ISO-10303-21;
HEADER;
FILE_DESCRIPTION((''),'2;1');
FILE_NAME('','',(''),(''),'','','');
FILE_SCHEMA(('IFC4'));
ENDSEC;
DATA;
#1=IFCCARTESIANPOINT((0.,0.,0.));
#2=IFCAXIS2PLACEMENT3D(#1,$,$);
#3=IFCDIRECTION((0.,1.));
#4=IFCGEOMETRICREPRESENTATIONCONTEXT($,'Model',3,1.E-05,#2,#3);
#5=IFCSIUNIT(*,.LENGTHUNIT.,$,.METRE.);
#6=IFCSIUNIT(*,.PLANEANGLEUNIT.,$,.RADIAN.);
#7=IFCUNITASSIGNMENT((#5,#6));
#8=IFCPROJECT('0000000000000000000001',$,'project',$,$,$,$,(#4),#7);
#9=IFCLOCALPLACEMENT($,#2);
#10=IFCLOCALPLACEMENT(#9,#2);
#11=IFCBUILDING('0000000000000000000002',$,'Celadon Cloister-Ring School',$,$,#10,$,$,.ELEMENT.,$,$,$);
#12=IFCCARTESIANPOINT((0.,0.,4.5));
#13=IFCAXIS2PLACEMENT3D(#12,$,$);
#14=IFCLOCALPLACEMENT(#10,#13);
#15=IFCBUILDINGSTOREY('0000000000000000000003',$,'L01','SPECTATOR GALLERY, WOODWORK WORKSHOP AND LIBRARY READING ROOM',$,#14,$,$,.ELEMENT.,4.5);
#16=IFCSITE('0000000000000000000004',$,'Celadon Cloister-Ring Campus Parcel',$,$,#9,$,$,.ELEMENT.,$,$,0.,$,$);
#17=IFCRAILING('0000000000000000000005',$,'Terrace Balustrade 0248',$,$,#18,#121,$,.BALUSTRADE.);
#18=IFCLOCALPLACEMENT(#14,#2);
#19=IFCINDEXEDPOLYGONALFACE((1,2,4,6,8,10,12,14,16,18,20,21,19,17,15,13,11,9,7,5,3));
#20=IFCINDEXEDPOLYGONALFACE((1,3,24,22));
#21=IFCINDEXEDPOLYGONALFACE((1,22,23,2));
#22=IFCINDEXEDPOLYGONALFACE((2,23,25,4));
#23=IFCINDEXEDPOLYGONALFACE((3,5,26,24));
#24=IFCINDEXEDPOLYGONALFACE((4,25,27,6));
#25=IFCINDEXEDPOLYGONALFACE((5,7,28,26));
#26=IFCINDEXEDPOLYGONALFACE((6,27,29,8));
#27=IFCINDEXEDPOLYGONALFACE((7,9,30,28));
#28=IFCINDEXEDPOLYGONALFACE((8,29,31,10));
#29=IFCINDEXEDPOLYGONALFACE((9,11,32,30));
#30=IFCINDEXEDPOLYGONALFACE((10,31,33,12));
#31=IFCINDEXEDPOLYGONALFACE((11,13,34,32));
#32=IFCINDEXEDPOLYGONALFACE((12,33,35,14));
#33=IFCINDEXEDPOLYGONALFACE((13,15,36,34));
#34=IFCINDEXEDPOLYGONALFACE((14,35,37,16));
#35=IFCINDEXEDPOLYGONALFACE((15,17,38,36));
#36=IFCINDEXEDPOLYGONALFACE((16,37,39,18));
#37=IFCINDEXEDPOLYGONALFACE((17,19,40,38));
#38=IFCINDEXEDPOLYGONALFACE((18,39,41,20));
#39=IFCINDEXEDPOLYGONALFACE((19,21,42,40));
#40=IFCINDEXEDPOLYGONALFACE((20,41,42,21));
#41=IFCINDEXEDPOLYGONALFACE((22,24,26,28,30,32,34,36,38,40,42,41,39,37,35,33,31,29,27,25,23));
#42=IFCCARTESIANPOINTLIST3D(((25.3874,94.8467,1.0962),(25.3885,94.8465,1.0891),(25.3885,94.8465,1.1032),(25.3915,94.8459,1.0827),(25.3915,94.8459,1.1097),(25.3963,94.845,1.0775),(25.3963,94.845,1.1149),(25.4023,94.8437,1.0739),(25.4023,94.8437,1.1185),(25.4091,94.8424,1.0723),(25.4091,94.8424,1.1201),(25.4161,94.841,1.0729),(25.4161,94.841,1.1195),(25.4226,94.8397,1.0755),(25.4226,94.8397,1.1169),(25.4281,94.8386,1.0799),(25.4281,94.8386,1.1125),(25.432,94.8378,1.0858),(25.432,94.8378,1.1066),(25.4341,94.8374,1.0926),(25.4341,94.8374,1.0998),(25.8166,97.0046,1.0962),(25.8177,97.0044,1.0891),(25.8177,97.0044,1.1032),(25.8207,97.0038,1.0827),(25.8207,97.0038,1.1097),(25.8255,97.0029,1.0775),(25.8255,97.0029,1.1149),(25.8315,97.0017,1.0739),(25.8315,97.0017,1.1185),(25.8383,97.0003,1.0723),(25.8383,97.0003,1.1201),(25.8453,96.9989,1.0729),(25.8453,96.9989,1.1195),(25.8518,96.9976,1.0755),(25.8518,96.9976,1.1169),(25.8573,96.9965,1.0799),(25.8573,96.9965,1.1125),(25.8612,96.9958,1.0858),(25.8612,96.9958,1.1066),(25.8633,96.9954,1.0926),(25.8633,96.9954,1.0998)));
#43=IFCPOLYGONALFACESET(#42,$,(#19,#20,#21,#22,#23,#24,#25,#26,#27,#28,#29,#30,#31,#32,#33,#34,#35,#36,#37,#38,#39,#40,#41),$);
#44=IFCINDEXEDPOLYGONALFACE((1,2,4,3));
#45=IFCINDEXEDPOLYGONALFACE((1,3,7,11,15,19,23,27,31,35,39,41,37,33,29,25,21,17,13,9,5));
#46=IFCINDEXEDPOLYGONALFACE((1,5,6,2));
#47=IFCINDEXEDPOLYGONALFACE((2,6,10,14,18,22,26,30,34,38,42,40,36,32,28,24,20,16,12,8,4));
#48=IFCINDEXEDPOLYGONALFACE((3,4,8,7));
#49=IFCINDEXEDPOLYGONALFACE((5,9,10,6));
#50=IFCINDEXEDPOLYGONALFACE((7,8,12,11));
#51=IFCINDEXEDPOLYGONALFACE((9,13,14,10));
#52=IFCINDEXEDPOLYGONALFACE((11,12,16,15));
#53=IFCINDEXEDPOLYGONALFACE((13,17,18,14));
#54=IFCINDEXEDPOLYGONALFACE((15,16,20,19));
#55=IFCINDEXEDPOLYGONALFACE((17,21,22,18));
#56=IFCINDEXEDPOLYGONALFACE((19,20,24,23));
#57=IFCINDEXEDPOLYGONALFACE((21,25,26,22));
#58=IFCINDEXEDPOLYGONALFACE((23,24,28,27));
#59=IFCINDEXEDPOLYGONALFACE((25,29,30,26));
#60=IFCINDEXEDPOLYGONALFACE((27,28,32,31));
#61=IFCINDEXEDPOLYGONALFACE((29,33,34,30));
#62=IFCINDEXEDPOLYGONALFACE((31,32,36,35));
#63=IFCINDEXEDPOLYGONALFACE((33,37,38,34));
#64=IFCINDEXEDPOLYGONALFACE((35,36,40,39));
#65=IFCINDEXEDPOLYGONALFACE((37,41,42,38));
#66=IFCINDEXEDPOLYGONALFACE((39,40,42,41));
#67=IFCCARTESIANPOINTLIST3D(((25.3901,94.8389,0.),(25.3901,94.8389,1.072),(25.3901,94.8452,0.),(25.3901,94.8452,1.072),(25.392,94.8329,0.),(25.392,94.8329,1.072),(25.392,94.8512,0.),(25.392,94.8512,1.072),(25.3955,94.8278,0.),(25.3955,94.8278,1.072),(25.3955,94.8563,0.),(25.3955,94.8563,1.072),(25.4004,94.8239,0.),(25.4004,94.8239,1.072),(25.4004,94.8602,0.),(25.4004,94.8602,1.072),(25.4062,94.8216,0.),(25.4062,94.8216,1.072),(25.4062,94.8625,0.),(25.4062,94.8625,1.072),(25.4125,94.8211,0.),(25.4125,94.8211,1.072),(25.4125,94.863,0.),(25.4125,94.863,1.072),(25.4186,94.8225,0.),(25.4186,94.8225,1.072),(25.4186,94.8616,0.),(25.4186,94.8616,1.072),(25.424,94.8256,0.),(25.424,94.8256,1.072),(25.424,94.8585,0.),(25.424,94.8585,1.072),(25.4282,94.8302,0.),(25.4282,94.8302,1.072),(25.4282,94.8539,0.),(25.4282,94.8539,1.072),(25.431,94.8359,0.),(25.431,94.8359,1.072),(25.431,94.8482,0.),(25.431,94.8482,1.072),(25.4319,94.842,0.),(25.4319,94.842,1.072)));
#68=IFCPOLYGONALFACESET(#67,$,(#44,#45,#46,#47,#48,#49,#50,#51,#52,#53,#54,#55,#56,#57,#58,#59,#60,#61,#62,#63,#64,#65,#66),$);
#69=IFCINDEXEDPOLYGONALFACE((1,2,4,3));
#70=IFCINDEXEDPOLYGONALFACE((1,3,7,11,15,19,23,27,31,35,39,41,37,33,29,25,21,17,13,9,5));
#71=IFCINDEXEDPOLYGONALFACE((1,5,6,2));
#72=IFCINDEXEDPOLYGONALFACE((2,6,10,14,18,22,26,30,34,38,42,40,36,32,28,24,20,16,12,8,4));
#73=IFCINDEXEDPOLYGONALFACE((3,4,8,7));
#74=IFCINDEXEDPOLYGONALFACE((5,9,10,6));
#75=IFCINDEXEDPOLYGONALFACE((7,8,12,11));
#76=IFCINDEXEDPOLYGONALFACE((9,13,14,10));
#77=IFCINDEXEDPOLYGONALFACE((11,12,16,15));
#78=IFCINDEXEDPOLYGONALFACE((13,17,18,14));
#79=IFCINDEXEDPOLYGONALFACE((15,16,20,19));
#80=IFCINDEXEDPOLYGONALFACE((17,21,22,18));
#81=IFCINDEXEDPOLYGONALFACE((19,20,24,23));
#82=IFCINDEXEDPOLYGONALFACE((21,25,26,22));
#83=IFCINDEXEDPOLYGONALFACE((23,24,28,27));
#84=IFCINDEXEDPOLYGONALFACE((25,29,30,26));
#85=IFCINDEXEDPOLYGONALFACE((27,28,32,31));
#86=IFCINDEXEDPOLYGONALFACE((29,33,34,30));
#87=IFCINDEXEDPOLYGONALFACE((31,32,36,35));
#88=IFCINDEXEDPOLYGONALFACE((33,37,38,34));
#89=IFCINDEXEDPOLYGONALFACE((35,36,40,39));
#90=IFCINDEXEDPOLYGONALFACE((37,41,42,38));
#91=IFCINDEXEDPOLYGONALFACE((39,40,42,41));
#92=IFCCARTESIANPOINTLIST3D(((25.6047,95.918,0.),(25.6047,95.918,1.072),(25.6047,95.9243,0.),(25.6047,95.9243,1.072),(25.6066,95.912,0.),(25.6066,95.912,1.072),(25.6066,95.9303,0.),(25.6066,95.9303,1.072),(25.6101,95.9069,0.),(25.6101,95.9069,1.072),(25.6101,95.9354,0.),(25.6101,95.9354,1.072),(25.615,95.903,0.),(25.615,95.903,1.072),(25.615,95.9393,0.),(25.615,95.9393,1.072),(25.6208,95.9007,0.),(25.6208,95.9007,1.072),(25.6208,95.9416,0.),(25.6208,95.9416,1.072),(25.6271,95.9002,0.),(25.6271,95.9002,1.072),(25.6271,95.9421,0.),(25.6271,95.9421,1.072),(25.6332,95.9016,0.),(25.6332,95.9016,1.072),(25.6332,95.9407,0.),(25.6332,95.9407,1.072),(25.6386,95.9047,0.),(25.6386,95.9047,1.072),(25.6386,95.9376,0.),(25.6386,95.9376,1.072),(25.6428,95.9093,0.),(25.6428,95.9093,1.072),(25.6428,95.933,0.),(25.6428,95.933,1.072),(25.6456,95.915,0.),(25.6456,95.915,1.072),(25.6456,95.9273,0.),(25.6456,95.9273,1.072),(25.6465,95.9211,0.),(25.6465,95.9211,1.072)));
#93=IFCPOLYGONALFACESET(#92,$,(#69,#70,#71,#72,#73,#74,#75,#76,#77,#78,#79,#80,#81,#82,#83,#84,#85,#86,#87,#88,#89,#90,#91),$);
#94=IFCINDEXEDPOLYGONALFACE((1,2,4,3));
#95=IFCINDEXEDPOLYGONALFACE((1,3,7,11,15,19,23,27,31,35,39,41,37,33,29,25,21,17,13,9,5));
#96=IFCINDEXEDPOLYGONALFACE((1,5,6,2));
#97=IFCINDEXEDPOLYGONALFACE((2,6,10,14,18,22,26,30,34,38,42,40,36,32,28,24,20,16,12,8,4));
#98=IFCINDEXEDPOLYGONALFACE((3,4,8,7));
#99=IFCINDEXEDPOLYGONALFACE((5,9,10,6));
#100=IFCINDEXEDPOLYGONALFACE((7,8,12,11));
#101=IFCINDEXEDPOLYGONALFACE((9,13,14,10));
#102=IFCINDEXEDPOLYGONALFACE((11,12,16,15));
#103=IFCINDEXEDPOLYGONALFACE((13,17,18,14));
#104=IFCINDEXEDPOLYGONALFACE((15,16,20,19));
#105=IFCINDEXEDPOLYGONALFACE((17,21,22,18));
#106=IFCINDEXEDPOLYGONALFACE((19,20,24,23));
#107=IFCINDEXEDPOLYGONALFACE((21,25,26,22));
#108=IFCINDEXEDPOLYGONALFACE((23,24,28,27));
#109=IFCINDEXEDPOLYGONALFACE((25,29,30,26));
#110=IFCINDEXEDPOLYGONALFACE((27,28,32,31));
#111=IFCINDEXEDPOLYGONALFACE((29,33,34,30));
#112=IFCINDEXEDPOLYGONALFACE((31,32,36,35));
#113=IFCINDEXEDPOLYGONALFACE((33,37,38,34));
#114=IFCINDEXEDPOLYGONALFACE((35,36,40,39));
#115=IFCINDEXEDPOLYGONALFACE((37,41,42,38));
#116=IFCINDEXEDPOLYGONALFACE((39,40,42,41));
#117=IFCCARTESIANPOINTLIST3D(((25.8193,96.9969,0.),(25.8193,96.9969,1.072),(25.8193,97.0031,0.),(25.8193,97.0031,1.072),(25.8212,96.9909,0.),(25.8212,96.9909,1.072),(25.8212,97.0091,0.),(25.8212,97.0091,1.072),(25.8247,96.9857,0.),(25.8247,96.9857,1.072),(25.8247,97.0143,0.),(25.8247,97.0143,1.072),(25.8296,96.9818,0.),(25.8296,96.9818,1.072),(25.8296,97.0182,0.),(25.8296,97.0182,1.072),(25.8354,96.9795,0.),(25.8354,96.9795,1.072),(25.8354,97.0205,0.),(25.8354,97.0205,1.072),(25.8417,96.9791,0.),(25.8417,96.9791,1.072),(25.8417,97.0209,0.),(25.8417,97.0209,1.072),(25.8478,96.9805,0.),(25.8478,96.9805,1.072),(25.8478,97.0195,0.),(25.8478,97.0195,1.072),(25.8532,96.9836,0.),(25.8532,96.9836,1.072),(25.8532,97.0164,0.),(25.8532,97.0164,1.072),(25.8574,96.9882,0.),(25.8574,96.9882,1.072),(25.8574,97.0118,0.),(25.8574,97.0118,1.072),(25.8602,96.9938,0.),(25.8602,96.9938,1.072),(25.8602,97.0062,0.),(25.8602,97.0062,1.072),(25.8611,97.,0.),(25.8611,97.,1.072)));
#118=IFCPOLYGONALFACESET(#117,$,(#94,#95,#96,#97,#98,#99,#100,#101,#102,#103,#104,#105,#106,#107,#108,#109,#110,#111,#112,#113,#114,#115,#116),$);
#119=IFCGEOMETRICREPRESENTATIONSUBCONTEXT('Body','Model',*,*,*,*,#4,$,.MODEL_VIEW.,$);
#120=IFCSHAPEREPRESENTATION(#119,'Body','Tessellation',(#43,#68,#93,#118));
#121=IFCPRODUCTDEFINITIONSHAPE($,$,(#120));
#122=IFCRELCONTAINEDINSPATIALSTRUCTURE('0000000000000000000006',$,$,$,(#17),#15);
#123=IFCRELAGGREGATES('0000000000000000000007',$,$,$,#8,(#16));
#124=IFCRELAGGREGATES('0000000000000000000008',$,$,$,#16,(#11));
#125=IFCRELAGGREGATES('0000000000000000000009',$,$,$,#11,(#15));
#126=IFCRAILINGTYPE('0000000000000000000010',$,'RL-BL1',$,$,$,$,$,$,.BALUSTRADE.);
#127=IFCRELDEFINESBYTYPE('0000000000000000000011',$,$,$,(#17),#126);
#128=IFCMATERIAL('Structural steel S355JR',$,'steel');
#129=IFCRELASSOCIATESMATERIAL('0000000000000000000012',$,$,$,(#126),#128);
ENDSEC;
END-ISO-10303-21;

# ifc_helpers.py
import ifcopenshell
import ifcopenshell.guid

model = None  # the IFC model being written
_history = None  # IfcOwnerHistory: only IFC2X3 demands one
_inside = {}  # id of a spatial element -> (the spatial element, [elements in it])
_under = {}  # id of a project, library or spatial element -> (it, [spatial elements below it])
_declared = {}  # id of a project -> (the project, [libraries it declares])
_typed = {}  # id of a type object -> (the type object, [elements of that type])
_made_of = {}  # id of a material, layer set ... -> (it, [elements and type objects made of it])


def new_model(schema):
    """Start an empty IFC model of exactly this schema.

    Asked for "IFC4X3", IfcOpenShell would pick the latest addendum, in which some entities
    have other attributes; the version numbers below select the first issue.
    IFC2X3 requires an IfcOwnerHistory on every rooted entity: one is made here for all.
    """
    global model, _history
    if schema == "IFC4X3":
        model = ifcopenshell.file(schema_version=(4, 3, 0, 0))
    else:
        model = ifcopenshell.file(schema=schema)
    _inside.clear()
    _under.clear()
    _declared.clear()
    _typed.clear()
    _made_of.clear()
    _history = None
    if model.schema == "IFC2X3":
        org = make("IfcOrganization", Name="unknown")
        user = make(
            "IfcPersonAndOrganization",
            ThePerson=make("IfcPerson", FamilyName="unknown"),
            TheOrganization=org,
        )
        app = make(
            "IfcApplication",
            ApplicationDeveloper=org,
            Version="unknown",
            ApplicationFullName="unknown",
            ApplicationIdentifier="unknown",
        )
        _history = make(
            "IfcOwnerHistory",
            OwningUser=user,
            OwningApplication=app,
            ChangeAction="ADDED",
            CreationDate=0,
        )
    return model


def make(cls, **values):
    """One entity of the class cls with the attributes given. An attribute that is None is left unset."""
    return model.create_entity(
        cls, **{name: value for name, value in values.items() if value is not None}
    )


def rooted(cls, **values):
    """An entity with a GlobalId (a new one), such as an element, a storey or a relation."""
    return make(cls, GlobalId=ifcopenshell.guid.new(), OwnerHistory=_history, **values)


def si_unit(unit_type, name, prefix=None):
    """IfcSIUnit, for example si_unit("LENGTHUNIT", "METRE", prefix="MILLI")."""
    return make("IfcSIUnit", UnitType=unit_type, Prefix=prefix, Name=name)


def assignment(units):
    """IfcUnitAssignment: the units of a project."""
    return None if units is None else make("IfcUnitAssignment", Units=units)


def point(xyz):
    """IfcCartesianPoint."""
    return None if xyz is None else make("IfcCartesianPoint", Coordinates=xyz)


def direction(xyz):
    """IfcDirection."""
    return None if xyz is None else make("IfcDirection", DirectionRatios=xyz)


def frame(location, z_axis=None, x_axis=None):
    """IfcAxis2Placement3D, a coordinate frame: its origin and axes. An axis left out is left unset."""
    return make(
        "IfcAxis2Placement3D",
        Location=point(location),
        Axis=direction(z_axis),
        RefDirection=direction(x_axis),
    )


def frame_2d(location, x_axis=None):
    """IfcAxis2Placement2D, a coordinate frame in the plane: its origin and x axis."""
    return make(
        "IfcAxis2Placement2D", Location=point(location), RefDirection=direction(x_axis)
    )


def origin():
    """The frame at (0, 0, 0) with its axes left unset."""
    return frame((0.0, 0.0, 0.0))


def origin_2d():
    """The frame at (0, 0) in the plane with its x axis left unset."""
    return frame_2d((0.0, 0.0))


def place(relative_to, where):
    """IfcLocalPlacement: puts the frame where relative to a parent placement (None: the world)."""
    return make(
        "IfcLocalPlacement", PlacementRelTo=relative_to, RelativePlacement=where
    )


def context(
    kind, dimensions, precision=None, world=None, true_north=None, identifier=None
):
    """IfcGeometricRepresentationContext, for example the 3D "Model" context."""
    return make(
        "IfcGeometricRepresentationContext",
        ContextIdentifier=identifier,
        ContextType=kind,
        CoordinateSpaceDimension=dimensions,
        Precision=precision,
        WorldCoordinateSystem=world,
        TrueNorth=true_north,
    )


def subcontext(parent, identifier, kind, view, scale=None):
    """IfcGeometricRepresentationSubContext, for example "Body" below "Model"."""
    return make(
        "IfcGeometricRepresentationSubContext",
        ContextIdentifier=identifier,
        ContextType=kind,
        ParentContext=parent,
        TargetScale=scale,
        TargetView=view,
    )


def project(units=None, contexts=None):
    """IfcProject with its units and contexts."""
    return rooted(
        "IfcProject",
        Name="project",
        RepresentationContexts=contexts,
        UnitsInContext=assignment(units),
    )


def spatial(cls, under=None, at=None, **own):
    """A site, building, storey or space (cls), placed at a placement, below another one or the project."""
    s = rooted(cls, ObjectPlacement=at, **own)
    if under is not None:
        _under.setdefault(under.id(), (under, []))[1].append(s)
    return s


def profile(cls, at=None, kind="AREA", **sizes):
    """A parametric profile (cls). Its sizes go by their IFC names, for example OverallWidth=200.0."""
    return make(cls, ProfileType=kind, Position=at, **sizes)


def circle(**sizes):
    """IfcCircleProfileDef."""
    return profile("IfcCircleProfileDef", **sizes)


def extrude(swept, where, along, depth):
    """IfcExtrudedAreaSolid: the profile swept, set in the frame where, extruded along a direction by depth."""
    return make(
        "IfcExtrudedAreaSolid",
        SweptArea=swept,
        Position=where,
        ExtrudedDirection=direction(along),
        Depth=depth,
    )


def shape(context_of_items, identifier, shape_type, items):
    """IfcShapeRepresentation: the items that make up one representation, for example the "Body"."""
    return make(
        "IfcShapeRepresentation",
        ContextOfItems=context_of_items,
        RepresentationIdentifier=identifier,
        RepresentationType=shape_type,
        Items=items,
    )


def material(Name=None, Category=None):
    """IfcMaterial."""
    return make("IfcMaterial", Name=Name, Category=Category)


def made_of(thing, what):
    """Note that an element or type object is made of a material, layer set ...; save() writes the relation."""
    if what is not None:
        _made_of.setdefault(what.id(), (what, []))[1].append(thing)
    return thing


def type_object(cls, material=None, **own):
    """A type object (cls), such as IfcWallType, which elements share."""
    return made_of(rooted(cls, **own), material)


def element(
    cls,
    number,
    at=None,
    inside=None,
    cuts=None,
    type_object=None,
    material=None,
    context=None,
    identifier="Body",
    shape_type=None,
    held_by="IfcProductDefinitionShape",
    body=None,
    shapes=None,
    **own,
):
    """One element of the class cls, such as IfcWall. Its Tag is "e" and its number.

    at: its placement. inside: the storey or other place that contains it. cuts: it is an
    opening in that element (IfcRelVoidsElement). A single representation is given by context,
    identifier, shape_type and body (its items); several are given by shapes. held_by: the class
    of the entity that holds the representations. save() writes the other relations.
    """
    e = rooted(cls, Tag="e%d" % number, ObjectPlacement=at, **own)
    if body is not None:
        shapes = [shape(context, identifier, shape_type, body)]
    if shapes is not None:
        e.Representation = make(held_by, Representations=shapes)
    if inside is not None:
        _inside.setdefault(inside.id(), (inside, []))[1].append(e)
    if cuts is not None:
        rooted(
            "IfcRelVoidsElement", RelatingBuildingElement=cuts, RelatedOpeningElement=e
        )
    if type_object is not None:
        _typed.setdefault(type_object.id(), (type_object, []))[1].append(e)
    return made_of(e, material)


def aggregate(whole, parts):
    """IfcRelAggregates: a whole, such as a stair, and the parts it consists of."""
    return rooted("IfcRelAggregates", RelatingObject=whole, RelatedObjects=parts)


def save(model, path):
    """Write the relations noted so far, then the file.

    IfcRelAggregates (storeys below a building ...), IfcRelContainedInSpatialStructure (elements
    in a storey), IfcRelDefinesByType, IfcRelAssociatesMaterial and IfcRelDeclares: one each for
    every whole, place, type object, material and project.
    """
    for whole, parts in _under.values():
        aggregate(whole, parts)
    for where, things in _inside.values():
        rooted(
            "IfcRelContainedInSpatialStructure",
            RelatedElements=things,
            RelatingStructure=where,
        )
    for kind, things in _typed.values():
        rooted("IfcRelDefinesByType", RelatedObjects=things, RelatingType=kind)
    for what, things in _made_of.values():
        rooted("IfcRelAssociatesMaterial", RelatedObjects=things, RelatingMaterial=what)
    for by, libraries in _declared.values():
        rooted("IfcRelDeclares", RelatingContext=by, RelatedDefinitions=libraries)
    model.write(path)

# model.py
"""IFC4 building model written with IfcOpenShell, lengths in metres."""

from ifc_helpers import new_model, si_unit, direction, frame, origin, origin_2d, place, context, subcontext, project, spatial, circle, extrude, material, type_object, element, save


model = new_model("IFC4")

# Units and contexts
model_context = context("Model", 3, precision=1e-05, world=origin(), true_north=direction((0.0, 1.0)))
body_context = subcontext(model_context, "Body", "Model", "MODEL_VIEW")
ifc_project = project(units=[si_unit("LENGTHUNIT", "METRE"), si_unit("PLANEANGLEUNIT", "RADIAN")], contexts=[model_context])

# Site, building, storey
site_placement = place(None, origin())
site = spatial("IfcSite", under=ifc_project, at=site_placement, Name="Celadon Cloister-Ring Campus Parcel", CompositionType="ELEMENT", RefElevation=0.0)
building_placement = place(site_placement, origin())
building = spatial("IfcBuilding", under=site, at=building_placement, Name="Celadon Cloister-Ring School", CompositionType="ELEMENT")
storey_placement = place(building_placement, frame((0.0, 0.0, 4.5)))
storey = spatial("IfcBuildingStorey", under=building, at=storey_placement, Name="L01", Description="SPECTATOR GALLERY, WOODWORK WORKSHOP AND LIBRARY READING ROOM", CompositionType="ELEMENT", Elevation=4.5)

# Railing
ifc_material_1 = material(Name="Structural steel S355JR", Category="steel")
railing_type = type_object("IfcRailingType", Name="RL-BL1", PredefinedType="BALUSTRADE", material=ifc_material_1)
railing_1_placement = place(storey_placement, frame((25.4109, 94.842, 0.0)))
element("IfcRailing", 1, at=railing_1_placement, inside=storey, type_object=railing_type, Name="Terrace Balustrade 0248", PredefinedType="BALUSTRADE", context=body_context, shape_type="SweptSolid", body=[
    extrude(circle(Radius=0.0239, at=origin_2d()), frame((0.0, 0.0, 1.0962), z_axis=(0.19507, 0.980789, 0.0), x_axis=(-0.980789, 0.19507, 0.0)), (0.0, 0.0, 1.0), 2.2002),
    extrude(circle(Radius=0.021, at=origin_2d()), origin(), (0.0, 0.0, 1.0), 1.072),
    extrude(circle(Radius=0.021, at=origin_2d()), frame((0.2146, 1.0791, 0.0)), (0.0, 0.0, 1.0), 1.072),
    extrude(circle(Radius=0.021, at=origin_2d()), frame((0.4292, 2.158, 0.0)), (0.0, 0.0, 1.0), 1.072),
])

save(model, "model.ifc")
